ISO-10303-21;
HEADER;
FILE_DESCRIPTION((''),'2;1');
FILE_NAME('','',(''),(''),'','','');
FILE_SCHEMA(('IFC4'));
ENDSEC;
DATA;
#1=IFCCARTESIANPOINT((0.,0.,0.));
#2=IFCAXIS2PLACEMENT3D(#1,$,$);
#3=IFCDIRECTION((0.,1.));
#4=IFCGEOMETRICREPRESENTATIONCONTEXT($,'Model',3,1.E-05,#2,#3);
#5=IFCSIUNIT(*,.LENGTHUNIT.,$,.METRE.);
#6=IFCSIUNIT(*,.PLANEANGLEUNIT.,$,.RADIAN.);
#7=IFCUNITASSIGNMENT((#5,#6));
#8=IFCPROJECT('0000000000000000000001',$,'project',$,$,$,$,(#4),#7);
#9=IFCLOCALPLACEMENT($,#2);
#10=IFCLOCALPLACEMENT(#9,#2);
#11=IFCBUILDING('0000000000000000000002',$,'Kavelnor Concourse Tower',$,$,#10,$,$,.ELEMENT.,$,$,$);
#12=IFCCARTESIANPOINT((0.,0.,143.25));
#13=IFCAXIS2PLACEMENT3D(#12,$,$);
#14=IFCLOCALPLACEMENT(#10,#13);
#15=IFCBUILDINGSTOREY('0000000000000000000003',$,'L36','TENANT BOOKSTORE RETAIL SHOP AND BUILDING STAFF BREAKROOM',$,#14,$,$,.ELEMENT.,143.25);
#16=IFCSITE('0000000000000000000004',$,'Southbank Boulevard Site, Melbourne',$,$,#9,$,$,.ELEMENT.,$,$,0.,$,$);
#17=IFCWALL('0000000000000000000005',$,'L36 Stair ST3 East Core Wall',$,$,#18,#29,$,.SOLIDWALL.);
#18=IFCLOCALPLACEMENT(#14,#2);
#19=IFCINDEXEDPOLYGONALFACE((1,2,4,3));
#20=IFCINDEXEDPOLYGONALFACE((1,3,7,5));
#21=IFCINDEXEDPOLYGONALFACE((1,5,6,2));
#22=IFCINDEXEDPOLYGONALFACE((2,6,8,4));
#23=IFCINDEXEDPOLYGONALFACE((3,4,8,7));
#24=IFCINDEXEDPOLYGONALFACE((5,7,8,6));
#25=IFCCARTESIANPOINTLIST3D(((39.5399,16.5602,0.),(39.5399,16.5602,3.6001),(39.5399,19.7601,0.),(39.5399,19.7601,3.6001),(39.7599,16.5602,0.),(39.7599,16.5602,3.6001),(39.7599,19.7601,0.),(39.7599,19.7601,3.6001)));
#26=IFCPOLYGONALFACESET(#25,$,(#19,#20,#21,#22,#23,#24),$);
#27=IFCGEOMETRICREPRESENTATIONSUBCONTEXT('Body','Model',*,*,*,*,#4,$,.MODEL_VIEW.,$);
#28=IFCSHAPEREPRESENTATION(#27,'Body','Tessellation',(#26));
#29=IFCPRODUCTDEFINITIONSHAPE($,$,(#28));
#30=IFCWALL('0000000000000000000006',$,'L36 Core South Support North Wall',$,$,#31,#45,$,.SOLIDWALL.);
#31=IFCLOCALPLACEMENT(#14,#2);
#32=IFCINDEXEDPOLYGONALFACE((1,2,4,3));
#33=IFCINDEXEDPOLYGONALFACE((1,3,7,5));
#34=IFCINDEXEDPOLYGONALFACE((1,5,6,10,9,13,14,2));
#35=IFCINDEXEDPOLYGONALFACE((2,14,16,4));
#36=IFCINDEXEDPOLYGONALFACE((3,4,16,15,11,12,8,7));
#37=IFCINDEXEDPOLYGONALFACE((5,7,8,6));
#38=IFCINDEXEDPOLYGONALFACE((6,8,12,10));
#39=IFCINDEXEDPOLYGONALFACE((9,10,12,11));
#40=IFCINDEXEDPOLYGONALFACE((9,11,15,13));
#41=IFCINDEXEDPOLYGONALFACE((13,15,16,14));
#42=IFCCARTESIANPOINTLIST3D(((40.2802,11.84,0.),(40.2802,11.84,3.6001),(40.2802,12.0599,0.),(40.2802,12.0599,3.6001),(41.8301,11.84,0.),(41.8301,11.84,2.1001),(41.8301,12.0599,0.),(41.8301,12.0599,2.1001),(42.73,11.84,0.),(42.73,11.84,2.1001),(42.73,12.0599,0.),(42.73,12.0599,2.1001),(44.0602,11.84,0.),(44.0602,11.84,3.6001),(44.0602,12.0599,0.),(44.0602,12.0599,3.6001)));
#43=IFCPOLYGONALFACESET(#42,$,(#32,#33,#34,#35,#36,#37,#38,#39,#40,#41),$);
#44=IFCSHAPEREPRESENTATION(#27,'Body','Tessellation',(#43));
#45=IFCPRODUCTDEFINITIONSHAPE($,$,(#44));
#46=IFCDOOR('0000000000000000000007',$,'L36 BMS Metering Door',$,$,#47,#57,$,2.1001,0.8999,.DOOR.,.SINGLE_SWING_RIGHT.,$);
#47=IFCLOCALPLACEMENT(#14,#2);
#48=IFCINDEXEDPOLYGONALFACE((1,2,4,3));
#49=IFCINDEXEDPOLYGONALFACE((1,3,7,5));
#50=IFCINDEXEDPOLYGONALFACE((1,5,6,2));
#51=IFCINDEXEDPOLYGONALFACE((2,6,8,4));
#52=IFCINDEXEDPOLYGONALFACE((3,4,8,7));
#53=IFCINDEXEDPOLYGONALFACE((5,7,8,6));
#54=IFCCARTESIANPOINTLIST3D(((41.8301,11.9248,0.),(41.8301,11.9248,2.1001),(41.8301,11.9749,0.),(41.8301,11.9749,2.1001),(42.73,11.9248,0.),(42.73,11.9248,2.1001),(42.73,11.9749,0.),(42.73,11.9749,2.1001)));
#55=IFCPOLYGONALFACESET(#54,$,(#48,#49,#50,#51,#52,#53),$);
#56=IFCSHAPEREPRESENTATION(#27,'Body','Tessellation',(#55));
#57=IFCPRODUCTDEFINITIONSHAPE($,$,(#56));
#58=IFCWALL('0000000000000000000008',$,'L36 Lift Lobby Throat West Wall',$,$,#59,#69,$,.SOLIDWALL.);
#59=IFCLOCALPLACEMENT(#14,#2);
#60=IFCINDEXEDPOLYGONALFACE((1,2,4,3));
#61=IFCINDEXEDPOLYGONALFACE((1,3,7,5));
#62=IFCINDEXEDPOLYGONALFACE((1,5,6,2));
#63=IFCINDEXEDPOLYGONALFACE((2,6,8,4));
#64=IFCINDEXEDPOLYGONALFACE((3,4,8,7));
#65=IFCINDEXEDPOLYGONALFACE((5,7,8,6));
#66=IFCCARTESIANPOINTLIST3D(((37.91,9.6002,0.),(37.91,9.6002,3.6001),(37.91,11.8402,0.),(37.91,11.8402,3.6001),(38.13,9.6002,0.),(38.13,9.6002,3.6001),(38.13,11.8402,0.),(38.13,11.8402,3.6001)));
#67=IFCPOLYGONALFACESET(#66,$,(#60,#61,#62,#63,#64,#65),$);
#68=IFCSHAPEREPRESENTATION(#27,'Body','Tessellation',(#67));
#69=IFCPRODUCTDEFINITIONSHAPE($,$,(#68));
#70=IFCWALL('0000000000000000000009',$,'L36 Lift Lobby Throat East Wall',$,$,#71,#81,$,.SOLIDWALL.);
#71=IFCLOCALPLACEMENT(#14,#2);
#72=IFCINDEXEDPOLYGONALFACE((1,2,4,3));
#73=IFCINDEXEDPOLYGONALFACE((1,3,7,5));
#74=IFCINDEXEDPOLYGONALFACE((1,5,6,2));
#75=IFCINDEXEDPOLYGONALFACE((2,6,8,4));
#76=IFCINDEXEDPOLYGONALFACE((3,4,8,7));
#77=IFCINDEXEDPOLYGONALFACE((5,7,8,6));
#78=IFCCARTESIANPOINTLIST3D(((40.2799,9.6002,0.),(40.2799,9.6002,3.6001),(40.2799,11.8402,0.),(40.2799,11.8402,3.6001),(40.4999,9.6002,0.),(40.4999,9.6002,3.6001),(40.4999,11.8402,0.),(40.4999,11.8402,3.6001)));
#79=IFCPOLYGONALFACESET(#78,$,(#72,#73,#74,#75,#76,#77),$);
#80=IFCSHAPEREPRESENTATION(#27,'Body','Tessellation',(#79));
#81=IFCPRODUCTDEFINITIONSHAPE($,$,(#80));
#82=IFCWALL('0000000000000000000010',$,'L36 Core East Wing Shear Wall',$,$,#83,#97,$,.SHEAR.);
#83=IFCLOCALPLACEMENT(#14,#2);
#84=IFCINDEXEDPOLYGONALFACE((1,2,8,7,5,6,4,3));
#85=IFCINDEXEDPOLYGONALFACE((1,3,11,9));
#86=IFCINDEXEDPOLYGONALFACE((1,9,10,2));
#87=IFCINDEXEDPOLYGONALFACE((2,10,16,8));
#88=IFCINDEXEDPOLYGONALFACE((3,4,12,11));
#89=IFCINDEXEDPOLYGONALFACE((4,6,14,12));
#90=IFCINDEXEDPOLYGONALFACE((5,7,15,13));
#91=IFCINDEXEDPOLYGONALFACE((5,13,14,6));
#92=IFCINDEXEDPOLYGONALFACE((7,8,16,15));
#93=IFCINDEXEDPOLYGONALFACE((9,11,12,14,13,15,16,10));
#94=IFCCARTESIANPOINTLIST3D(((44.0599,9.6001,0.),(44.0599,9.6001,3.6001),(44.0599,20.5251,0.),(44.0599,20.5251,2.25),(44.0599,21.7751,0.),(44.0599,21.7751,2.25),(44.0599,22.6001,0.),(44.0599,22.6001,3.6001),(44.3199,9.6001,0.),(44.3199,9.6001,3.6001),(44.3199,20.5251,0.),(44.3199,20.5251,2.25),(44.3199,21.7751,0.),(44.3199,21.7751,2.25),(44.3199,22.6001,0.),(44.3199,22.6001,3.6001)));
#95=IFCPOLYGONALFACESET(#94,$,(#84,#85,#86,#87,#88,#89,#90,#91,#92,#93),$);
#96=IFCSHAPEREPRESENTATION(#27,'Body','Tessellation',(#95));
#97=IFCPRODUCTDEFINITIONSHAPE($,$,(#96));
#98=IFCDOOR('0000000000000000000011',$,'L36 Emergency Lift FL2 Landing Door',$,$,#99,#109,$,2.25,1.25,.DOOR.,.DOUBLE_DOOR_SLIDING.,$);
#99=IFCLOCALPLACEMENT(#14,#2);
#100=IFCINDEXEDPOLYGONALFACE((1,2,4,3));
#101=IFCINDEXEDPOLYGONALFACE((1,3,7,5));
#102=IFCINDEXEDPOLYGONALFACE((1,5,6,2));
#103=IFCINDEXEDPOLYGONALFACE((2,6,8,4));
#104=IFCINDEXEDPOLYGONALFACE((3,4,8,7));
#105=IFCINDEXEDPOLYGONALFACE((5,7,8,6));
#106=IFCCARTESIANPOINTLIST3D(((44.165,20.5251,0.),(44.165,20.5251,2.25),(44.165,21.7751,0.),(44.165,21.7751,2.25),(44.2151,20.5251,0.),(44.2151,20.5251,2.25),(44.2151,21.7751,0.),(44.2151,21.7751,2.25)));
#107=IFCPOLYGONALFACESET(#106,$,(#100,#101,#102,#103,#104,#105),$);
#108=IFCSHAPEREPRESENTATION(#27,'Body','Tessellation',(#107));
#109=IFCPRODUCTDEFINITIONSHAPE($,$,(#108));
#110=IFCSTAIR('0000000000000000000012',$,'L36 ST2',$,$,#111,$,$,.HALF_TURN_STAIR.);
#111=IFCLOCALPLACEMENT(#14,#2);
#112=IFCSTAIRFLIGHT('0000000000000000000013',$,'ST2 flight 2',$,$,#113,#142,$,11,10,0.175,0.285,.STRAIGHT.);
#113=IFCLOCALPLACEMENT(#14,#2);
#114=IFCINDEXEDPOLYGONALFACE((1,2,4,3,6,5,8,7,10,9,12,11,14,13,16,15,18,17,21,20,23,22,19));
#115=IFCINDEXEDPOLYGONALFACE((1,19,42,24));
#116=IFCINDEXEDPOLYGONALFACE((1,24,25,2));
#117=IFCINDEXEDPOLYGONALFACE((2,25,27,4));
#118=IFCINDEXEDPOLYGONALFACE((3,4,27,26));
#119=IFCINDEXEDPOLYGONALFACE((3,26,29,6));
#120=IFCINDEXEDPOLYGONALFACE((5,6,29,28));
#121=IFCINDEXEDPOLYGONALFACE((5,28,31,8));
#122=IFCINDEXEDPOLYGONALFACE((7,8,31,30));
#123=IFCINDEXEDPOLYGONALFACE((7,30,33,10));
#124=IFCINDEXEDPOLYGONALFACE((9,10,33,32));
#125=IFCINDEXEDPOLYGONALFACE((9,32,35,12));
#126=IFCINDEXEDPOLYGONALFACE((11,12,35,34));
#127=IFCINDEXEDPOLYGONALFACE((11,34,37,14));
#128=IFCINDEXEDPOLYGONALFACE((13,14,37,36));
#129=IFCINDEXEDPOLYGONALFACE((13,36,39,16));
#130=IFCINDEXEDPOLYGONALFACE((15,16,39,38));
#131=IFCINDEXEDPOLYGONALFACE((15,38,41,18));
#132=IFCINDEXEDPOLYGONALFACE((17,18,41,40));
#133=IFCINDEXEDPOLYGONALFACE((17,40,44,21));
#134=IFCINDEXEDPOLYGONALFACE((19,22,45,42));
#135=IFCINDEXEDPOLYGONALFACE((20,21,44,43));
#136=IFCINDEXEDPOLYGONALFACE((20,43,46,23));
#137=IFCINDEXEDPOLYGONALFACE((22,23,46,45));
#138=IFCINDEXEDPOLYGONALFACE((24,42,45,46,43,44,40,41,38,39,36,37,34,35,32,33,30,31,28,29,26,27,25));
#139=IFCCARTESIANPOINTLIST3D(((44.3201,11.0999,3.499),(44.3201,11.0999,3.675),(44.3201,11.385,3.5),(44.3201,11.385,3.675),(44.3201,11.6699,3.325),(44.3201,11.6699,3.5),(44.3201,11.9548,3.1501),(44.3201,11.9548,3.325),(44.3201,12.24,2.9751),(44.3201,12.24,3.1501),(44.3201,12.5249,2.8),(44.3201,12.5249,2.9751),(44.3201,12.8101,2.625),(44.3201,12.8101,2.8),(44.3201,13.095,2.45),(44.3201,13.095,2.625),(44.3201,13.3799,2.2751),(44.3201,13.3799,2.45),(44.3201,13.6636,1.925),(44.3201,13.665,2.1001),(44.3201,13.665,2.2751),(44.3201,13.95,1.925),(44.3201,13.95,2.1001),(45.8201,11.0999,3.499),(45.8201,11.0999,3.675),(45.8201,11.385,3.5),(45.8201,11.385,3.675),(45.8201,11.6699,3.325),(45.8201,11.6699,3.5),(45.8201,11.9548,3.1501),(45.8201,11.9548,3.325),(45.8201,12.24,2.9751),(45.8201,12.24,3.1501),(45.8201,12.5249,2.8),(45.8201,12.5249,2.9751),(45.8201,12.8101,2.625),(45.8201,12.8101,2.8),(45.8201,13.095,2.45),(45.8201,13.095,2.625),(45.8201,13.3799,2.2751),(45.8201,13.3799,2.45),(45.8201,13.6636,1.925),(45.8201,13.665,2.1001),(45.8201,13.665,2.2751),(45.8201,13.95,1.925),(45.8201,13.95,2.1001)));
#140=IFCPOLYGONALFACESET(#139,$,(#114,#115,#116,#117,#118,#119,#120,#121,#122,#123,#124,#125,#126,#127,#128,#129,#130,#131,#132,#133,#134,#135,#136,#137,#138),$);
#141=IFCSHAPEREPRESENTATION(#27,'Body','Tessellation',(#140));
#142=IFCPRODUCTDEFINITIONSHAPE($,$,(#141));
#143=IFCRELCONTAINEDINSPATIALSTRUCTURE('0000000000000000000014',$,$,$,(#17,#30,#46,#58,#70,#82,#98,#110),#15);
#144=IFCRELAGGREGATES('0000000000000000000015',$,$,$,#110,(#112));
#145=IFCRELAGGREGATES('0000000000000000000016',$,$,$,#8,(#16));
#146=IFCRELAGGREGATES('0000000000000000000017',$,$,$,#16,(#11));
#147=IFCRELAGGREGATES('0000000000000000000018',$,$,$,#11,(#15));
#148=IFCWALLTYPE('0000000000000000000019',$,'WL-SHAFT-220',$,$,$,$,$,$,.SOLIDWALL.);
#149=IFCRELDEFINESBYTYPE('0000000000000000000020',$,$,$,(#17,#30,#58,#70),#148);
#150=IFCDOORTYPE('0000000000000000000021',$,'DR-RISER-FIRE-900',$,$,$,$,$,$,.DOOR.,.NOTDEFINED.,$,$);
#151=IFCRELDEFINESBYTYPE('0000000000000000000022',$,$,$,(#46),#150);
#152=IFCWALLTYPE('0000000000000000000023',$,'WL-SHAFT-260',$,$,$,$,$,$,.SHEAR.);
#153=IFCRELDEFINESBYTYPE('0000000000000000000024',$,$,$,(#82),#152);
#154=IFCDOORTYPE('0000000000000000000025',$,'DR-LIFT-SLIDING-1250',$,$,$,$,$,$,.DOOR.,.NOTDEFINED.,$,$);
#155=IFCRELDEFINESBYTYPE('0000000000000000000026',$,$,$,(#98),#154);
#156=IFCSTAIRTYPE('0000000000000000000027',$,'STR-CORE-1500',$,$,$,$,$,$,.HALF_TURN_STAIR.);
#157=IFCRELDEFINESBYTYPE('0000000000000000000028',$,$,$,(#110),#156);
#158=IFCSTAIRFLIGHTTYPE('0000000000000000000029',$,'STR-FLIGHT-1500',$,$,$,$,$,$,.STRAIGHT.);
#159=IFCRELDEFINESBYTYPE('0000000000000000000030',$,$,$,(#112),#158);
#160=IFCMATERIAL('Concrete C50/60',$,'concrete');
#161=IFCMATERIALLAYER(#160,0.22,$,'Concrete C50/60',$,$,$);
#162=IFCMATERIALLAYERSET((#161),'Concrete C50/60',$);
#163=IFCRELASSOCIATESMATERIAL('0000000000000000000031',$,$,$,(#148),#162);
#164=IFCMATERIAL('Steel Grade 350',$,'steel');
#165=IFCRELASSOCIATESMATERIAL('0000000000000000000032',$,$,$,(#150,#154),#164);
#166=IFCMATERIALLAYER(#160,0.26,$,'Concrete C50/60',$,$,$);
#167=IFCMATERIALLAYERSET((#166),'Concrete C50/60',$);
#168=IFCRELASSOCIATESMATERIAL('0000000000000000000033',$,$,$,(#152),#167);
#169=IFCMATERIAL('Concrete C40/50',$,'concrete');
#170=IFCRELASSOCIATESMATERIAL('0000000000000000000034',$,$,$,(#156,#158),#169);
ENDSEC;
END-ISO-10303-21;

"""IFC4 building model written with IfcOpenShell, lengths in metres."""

from ifc_helpers import new_model, si_unit, direction, frame, frame_2d, origin, place, context, subcontext, project, spatial, polyline, rectangle, outline, extrude, material, layer, layer_set, type_object, element, fill, aggregate, save


model = new_model("IFC4")

# Units and contexts
model_context = context("Model", 3, precision=1e-05, world=origin(), true_north=direction((0.0, 1.0)))
body_context = subcontext(model_context, "Body", "Model", "MODEL_VIEW")
ifc_project = project(units=[si_unit("LENGTHUNIT", "METRE"), si_unit("PLANEANGLEUNIT", "RADIAN")], contexts=[model_context])

# Site, building, storey
site_placement = place(None, origin())
site = spatial("IfcSite", under=ifc_project, at=site_placement, Name="Southbank Boulevard Site, Melbourne", CompositionType="ELEMENT", RefElevation=0.0)
building_placement = place(site_placement, origin())
building = spatial("IfcBuilding", under=site, at=building_placement, Name="Kavelnor Concourse Tower", CompositionType="ELEMENT")
storey_placement = place(building_placement, frame((0.0, 0.0, 143.25)))
storey = spatial("IfcBuildingStorey", under=building, at=storey_placement, Name="L36", Description="TENANT BOOKSTORE RETAIL SHOP AND BUILDING STAFF BREAKROOM", CompositionType="ELEMENT", Elevation=143.25)

# Shared definitions
ifc_material_1 = material(Name="Steel Grade 350", Category="steel")

# Wall
ifc_material_2 = material(Name="Concrete C50/60", Category="concrete")
ifc_layer_1 = layer(ifc_material_2, 0.22, Name="Concrete C50/60")
ifc_layer_set_1 = layer_set([ifc_layer_1], Name="Concrete C50/60")
wall_type_1 = type_object("IfcWallType", Name="WL-SHAFT-220", PredefinedType="SOLIDWALL", material=ifc_layer_set_1)
wall_1_placement = place(storey_placement, frame((39.6499, 16.5601, 0.0), z_axis=(0.0, 0.0, 1.0), x_axis=(0.0, 1.0, 0.0)))
element("IfcWall", 1, at=wall_1_placement, inside=storey, type_object=wall_type_1, Name="L36 Stair ST3 East Core Wall", PredefinedType="SOLIDWALL", context=body_context, shape_type="SweptSolid", body=[
    extrude(rectangle(XDim=3.2, YDim=0.22, at=frame_2d((1.6001, 0.0))), origin(), (0.0, 0.0, 1.0), 3.6001),
])

# Wall, opening, door
wall_2_placement = place(storey_placement, frame((40.28, 11.95, 0.0), z_axis=(0.0, 0.0, 1.0), x_axis=(1.0, 0.0, 0.0)))
wall_2 = element("IfcWall", 2, at=wall_2_placement, inside=storey, type_object=wall_type_1, Name="L36 Core South Support North Wall", PredefinedType="SOLIDWALL", context=body_context, shape_type="SweptSolid", body=[
    extrude(rectangle(XDim=3.78, YDim=0.22, at=frame_2d((1.8901, 0.0))), origin(), (0.0, 0.0, 1.0), 3.6001),
])
opening_1_placement = place(wall_2_placement, frame((1.55, 0.0, 0.0)))
opening_1 = element("IfcOpeningElement", 3, at=opening_1_placement, cuts=wall_2, PredefinedType="OPENING", context=body_context, shape_type="SweptSolid", body=[
    extrude(rectangle(XDim=0.8999, YDim=2.1001, at=frame_2d((0.45, 1.05))), frame((0.0, 0.1201, 0.0), z_axis=(0.0, -1.0, 0.0), x_axis=(1.0, 0.0, 0.0)), (0.0, 0.0, 1.0), 0.24),
])
door_type_1 = type_object("IfcDoorType", Name="DR-RISER-FIRE-900", OperationType="NOTDEFINED", PredefinedType="DOOR", material=ifc_material_1)
door_1_placement = place(opening_1_placement, origin())
door_1 = element("IfcDoor", 4, at=door_1_placement, inside=storey, type_object=door_type_1, Name="L36 BMS Metering Door", OperationType="SINGLE_SWING_RIGHT", OverallHeight=2.1001, OverallWidth=0.8999, PredefinedType="DOOR", context=body_context, shape_type="SweptSolid", body=[
    extrude(rectangle(XDim=0.8999, YDim=2.1001, at=frame_2d((0.45, 1.05))), frame((0.0, 0.0249, 0.0), z_axis=(0.0, -1.0, 0.0), x_axis=(1.0, 0.0, 0.0)), (0.0, 0.0, 1.0), 0.05),
])
fill(opening_1, door_1)

# Walls
for number, where, z_axis, x_axis, name in (
    (5, (38.02, 9.6001, 0.0), (0.0, 0.0, 1.0), (0.0, 1.0, 0.0), "L36 Lift Lobby Throat West Wall"),
    (6, (40.3899, 9.6001, 0.0), (0.0, 0.0, 1.0), (0.0, 1.0, 0.0), "L36 Lift Lobby Throat East Wall"),
):
    element("IfcWall", number, at=place(storey_placement, frame(where, z_axis=z_axis, x_axis=x_axis)), inside=storey, type_object=wall_type_1, Name=name, PredefinedType="SOLIDWALL", context=body_context, shape_type="SweptSolid", body=[
        extrude(rectangle(XDim=2.24, YDim=0.22, at=frame_2d((1.1201, 0.0))), origin(), (0.0, 0.0, 1.0), 3.6001),
    ])

# Wall, opening, door
ifc_layer_2 = layer(ifc_material_2, 0.26, Name="Concrete C50/60")
ifc_layer_set_2 = layer_set([ifc_layer_2], Name="Concrete C50/60")
wall_type_2 = type_object("IfcWallType", Name="WL-SHAFT-260", PredefinedType="SHEAR", material=ifc_layer_set_2)
wall_3_placement = place(storey_placement, frame((44.1899, 9.6001, 0.0), z_axis=(0.0, 0.0, 1.0), x_axis=(0.0, 1.0, 0.0)))
wall_3 = element("IfcWall", 7, at=wall_3_placement, inside=storey, type_object=wall_type_2, Name="L36 Core East Wing Shear Wall", PredefinedType="SHEAR", context=body_context, shape_type="SweptSolid", body=[
    extrude(rectangle(XDim=13.0, YDim=0.26, at=frame_2d((6.5, 0.0))), origin(), (0.0, 0.0, 1.0), 3.6001),
])
opening_2_placement = place(wall_3_placement, frame((10.925, 0.0, 0.0)))
opening_2 = element("IfcOpeningElement", 8, at=opening_2_placement, cuts=wall_3, PredefinedType="OPENING", context=body_context, shape_type="SweptSolid", body=[
    extrude(rectangle(XDim=1.25, YDim=2.25, at=frame_2d((0.625, 1.125))), frame((0.0, 0.1401, 0.0), z_axis=(0.0, -1.0, 0.0), x_axis=(1.0, 0.0, 0.0)), (0.0, 0.0, 1.0), 0.28),
])
door_type_2 = type_object("IfcDoorType", Name="DR-LIFT-SLIDING-1250", OperationType="NOTDEFINED", PredefinedType="DOOR", material=ifc_material_1)
door_2_placement = place(opening_2_placement, origin())
door_2 = element("IfcDoor", 9, at=door_2_placement, inside=storey, type_object=door_type_2, Name="L36 Emergency Lift FL2 Landing Door", OperationType="DOUBLE_DOOR_SLIDING", OverallHeight=2.25, OverallWidth=1.25, PredefinedType="DOOR", context=body_context, shape_type="SweptSolid", body=[
    extrude(rectangle(XDim=1.25, YDim=2.25, at=frame_2d((0.625, 1.125))), frame((0.0, 0.0249, 0.0), z_axis=(0.0, -1.0, 0.0), x_axis=(1.0, 0.0, 0.0)), (0.0, 0.0, 1.0), 0.05),
])
fill(opening_2, door_2)

# Stair, stair flight
ifc_material_3 = material(Name="Concrete C40/50", Category="concrete")
stair_type = type_object("IfcStairType", Name="STR-CORE-1500", PredefinedType="HALF_TURN_STAIR", material=ifc_material_3)
stair_placement = place(storey_placement, origin())
stair = element("IfcStair", 10, at=stair_placement, inside=storey, type_object=stair_type, Name="L36 ST2", PredefinedType="HALF_TURN_STAIR")
stair_flight_type = type_object("IfcStairFlightType", Name="STR-FLIGHT-1500", PredefinedType="STRAIGHT", material=ifc_material_3)
stair_flight_placement = place(storey_placement, frame((45.0701, 13.95, 1.925), z_axis=(0.0, 0.0, 1.0), x_axis=(0.0, -1.0, 0.0)))
stair_flight = element("IfcStairFlight", 11, at=stair_flight_placement, type_object=stair_flight_type, Name="ST2 flight 2", NumberOfRisers=11, NumberOfTreads=10, PredefinedType="STRAIGHT", RiserHeight=0.175, TreadLength=0.285, context=body_context, shape_type="SweptSolid", body=[
    extrude(outline(polyline([(0.0, 0.0), (0.0, 0.175), (0.2849, 0.175), (0.2849, 0.3501), (0.5701, 0.3501), (0.5701, 0.5249), (0.855, 0.5249), (0.855, 0.7), (1.1399, 0.7), (1.1399, 0.875), (1.425, 0.875), (1.425, 1.05), (1.71, 1.05), (1.71, 1.2251), (1.9951, 1.2251), (1.9951, 1.3999), (2.28, 1.3999), (2.28, 1.575), (2.5649, 1.575), (2.5649, 1.75), (2.8501, 1.75), (2.8501, 1.925), (2.8501, 1.574), (0.2864, 0.0), (0.0, 0.0)])), frame((0.0, 0.75, 0.0), z_axis=(0.0, -1.0, 0.0), x_axis=(1.0, 0.0, 0.0)), (0.0, 0.0, 1.0), 1.5),
])
aggregate(stair, [stair_flight])

save(model, "model.ifc")
